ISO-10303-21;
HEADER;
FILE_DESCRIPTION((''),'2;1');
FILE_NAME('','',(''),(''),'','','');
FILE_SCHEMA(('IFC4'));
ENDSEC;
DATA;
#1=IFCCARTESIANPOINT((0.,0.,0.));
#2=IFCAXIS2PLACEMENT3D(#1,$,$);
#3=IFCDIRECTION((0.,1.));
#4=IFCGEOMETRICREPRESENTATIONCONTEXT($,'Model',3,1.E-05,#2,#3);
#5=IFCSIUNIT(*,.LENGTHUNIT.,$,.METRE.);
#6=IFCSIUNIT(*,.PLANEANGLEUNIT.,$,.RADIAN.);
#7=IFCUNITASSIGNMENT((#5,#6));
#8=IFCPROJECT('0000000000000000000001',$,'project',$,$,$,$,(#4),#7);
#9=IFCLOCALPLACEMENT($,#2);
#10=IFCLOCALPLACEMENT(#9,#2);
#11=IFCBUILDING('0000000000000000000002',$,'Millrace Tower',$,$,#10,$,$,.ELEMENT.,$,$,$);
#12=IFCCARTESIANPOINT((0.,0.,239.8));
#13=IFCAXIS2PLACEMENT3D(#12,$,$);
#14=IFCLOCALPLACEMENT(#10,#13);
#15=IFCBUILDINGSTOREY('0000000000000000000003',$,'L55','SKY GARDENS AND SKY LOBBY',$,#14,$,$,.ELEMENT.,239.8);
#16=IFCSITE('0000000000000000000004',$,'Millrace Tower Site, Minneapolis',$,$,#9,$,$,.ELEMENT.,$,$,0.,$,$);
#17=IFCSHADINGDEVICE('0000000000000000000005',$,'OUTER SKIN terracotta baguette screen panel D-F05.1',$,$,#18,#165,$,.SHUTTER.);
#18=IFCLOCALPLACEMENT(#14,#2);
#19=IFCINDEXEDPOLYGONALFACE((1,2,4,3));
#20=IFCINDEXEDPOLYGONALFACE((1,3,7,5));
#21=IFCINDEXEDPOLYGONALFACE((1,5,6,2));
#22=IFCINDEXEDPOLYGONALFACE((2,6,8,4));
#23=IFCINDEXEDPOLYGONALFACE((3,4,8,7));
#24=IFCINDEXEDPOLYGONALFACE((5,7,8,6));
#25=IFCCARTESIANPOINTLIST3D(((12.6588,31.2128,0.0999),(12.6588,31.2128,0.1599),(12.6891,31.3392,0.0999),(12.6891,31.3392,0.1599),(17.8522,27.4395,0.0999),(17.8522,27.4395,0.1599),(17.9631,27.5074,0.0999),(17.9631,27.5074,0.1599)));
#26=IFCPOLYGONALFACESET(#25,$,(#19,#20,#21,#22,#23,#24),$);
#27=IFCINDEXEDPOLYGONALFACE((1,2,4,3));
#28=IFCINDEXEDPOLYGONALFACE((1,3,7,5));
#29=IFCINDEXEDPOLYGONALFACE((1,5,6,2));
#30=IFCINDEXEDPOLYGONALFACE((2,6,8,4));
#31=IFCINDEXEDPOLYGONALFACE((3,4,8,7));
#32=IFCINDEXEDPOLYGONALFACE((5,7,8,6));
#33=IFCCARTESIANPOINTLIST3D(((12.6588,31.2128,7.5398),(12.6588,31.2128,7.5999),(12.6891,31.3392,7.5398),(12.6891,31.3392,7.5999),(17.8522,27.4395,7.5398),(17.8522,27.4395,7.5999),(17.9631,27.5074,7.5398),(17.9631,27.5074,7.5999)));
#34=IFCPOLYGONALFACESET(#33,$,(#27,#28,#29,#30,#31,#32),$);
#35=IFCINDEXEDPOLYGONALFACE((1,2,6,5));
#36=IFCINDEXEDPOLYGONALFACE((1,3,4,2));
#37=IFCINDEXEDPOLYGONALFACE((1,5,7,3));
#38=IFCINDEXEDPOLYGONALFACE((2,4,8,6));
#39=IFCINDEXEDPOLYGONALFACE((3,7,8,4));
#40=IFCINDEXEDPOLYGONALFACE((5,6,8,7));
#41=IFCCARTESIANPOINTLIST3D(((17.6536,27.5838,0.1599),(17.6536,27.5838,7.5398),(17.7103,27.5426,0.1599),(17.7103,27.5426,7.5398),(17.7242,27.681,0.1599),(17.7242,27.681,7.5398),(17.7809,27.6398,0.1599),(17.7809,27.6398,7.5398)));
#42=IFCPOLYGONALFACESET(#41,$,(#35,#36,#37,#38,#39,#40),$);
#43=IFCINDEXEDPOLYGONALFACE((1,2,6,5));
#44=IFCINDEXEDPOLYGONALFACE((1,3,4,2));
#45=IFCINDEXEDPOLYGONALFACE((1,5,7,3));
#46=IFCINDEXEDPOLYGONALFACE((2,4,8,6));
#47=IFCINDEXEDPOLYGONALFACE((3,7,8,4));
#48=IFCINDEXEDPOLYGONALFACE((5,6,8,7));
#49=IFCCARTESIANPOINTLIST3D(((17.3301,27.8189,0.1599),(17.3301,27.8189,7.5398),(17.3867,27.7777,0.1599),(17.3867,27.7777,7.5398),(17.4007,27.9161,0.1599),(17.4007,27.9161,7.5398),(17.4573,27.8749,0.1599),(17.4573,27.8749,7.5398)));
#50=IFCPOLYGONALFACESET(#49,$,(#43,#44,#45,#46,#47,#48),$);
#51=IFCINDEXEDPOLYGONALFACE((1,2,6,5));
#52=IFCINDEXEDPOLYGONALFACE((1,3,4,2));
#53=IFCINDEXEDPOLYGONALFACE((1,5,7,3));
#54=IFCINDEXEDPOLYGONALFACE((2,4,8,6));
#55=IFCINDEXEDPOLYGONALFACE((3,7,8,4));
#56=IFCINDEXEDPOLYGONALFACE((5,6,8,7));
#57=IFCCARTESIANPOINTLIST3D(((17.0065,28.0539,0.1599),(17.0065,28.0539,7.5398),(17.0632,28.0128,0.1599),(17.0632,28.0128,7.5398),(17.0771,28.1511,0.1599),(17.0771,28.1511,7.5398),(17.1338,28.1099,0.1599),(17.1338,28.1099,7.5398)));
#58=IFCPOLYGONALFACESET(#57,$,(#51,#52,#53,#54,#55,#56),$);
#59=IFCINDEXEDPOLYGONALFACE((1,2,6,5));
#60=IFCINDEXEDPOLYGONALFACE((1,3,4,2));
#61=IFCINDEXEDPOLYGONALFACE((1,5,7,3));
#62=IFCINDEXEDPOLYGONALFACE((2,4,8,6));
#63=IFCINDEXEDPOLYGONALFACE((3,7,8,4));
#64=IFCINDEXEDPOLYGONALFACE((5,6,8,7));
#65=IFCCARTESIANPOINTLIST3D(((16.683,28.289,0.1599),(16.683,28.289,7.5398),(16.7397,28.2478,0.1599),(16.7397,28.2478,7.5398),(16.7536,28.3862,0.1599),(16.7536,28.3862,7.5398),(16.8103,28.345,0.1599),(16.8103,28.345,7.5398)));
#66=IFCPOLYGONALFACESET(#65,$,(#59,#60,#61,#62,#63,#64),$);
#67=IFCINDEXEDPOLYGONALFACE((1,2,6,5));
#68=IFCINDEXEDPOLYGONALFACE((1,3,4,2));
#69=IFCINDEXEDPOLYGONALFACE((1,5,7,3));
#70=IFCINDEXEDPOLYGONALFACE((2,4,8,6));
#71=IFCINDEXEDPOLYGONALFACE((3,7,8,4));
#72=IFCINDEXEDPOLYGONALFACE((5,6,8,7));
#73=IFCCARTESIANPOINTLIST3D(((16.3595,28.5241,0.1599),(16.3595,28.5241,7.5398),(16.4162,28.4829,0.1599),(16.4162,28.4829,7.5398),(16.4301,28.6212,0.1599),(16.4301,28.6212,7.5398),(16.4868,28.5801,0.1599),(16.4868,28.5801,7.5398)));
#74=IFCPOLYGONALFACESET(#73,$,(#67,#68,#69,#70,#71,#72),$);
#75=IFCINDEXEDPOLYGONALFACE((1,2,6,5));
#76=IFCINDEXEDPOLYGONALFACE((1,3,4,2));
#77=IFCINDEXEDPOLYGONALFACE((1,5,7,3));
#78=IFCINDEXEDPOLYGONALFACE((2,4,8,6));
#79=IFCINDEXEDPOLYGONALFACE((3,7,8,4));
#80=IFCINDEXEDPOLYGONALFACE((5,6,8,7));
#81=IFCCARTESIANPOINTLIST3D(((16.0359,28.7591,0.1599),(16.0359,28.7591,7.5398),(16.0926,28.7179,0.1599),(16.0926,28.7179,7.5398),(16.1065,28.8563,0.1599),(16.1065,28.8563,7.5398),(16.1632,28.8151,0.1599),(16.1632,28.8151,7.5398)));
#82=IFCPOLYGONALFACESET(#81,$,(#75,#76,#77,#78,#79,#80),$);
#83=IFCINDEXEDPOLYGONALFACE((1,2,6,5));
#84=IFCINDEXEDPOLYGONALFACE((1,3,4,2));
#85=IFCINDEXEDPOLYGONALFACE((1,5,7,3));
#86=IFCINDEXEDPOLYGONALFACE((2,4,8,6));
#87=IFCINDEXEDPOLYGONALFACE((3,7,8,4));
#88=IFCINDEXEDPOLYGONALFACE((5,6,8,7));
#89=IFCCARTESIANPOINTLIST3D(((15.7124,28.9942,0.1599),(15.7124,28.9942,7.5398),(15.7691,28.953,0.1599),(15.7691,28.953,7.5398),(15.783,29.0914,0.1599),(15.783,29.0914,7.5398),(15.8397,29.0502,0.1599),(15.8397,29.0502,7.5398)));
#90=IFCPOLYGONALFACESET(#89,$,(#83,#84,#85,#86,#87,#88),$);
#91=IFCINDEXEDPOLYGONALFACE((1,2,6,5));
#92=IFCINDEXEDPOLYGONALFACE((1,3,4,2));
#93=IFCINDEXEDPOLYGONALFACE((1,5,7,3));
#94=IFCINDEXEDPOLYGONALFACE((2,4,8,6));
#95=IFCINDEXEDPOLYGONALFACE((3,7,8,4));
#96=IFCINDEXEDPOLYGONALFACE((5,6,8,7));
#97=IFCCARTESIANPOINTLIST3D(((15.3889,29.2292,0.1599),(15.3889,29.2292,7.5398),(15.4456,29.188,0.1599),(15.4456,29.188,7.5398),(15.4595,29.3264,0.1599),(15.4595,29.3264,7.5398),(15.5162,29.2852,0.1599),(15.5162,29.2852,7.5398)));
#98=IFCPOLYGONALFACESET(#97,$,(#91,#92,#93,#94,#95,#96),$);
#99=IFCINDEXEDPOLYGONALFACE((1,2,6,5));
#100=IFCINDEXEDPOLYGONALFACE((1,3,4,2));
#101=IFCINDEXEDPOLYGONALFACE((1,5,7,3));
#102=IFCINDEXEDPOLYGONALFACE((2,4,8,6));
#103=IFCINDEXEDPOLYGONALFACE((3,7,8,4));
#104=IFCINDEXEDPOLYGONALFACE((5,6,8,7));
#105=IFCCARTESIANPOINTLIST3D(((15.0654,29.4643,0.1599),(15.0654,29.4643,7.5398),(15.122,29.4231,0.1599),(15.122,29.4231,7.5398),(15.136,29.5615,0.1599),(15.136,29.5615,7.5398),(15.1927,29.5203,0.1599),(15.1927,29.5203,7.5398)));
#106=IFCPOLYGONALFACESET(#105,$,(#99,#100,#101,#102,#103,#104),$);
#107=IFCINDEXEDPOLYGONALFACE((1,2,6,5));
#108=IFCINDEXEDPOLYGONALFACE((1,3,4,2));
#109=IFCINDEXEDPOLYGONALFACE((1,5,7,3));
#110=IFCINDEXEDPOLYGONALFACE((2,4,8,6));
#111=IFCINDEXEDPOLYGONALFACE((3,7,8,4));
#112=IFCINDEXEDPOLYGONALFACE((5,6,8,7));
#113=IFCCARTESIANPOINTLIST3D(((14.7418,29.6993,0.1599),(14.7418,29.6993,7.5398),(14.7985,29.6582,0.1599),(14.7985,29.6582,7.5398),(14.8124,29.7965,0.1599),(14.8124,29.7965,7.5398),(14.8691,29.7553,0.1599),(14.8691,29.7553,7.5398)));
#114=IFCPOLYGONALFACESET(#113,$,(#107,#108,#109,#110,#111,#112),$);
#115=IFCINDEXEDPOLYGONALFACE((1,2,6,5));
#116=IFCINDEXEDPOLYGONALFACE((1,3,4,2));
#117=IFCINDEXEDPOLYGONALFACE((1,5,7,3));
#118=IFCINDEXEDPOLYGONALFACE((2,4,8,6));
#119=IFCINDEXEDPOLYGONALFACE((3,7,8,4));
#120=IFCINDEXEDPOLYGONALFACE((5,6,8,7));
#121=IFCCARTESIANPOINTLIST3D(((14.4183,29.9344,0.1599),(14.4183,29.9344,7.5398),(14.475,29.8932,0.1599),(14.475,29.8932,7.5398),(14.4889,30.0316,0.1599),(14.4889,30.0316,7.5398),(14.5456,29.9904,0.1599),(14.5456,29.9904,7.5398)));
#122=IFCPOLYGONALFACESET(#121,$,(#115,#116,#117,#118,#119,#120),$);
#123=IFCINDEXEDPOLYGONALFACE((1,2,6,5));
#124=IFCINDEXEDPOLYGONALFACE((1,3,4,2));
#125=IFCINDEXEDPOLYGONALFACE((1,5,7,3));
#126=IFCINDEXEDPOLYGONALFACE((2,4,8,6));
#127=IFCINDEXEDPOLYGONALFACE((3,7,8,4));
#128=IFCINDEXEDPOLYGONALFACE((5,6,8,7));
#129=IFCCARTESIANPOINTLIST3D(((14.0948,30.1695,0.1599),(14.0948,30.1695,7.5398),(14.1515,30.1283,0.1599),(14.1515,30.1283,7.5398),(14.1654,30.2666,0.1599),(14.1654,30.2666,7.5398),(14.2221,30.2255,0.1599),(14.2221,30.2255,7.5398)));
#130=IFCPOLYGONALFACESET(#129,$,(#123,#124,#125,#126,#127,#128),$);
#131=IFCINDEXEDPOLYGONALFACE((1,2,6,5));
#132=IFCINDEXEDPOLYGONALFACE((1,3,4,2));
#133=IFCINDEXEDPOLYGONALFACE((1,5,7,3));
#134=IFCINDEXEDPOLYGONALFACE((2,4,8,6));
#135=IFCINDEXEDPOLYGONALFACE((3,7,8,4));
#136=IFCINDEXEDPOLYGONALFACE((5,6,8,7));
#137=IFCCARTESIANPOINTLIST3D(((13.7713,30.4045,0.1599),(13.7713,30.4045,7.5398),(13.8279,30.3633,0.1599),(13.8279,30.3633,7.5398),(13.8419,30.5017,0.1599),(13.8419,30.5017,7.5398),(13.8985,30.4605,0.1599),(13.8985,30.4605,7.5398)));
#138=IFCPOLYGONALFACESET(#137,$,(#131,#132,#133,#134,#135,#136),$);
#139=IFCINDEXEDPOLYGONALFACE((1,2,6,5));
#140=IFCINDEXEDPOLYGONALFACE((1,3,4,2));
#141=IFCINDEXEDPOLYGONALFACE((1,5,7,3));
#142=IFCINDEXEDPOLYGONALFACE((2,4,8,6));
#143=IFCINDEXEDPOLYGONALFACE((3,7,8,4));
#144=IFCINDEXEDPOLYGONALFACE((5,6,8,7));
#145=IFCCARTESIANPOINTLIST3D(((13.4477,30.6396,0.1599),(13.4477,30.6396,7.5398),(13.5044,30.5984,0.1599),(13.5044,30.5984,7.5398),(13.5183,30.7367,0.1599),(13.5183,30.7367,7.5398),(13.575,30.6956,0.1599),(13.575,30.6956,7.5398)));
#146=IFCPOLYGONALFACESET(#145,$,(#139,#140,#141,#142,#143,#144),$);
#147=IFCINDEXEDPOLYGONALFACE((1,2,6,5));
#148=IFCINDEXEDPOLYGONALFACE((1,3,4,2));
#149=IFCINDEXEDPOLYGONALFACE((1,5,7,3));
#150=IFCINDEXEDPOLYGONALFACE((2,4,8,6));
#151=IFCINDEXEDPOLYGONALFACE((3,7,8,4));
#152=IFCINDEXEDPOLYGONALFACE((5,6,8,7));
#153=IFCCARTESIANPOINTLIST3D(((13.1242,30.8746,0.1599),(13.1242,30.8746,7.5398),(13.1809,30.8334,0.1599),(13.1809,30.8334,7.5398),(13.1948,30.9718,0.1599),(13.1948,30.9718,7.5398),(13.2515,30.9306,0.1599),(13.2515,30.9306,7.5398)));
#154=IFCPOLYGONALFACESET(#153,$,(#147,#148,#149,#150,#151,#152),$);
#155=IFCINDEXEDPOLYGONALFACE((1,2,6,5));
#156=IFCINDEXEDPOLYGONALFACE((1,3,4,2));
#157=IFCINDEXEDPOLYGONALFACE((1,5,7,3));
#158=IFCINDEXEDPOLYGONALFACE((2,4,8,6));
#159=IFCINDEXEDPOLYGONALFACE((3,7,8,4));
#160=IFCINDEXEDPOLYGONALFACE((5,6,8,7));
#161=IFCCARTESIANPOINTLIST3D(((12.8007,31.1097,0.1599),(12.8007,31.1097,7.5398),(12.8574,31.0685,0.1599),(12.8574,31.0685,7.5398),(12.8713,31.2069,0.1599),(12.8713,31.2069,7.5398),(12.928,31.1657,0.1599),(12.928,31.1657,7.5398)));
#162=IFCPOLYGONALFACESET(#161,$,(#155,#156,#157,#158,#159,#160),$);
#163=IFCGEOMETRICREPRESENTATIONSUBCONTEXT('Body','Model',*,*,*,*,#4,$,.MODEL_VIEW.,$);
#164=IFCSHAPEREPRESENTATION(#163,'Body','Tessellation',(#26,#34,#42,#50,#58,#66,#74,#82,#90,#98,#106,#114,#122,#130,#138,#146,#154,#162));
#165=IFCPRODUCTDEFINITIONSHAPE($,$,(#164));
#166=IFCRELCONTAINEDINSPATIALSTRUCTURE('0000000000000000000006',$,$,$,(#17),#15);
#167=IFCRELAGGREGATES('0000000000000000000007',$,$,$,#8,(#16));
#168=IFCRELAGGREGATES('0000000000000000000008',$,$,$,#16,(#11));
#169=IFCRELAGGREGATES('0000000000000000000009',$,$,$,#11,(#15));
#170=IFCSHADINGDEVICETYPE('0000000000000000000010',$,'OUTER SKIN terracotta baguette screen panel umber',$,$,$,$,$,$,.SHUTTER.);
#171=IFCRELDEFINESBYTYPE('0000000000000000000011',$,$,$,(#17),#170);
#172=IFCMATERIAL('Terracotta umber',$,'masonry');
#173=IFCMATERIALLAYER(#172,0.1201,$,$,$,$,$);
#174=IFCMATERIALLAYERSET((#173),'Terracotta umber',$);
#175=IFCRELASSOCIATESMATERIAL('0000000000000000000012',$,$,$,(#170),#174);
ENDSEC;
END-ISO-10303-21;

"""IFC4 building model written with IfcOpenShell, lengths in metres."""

from ifc_helpers import new_model, entity, si_unit, direction, frame, frame_2d, origin, place, context, subcontext, project, spatial, rectangle, extrude, source, transform, mapped, material, layer, layer_set, type_object, element, save


model = new_model("IFC4")

# Units and contexts
model_context = context("Model", 3, precision=1e-05, world=origin(), true_north=direction((0.0, 1.0)))
body_context = subcontext(model_context, "Body", "Model", "MODEL_VIEW")
ifc_project = project(units=[si_unit("LENGTHUNIT", "METRE"), si_unit("PLANEANGLEUNIT", "RADIAN")], contexts=[model_context])

# Site, building, storey
site_placement = place(None, origin())
site = spatial("IfcSite", under=ifc_project, at=site_placement, Name="Millrace Tower Site, Minneapolis", CompositionType="ELEMENT", RefElevation=0.0)
building_placement = place(site_placement, origin())
building = spatial("IfcBuilding", under=site, at=building_placement, Name="Millrace Tower", CompositionType="ELEMENT")
storey_placement = place(building_placement, frame((0.0, 0.0, 239.8)))
storey = spatial("IfcBuildingStorey", under=building, at=storey_placement, Name="L55", Description="SKY GARDENS AND SKY LOBBY", CompositionType="ELEMENT", Elevation=239.8)

# Shading device
ifc_material_1 = material(Name="Terracotta umber", Category="masonry")
ifc_layer_1 = layer(ifc_material_1, 0.1201)
ifc_layer_set_1 = layer_set([ifc_layer_1], Name="Terracotta umber")
shading_device_type = type_object("IfcShadingDeviceType", Name="OUTER SKIN terracotta baguette screen panel umber", PredefinedType="SHUTTER", material=ifc_layer_set_1)
cartesian_point_1 = entity("IfcCartesianPoint", [-3.2097, 0.0601])
shared_polyline_1 = entity("IfcPolyline", [cartesian_point_1, entity("IfcCartesianPoint", [3.2097, 0.0601]), entity("IfcCartesianPoint", [3.2595, -0.0601]), entity("IfcCartesianPoint", [-3.2595, -0.0601]), cartesian_point_1])
shared_shape_1 = source(origin(), body_context, "Body", "SweptSolid", [
    entity("IfcExtrudedAreaSolid", entity("IfcArbitraryClosedProfileDef", "AREA", None, shared_polyline_1), entity("IfcAxis2Placement3D", entity("IfcCartesianPoint", [0.0, 0.0, 0.0])), entity("IfcDirection", [0.0, 0.0, 1.0]), 0.0601),
    entity("IfcExtrudedAreaSolid", entity("IfcArbitraryClosedProfileDef", "AREA", None, shared_polyline_1), entity("IfcAxis2Placement3D", entity("IfcCartesianPoint", [0.0, 0.0, 7.4399])), entity("IfcDirection", [0.0, 0.0, 1.0]), 0.0601),
    extrude(rectangle(XDim=0.0701, YDim=0.1201, at=frame_2d((-2.9993, 0.0))), frame((0.0, 0.0, 0.0601)), (0.0, 0.0, 1.0), 7.3799),
    extrude(rectangle(XDim=0.0701, YDim=0.1201, at=frame_2d((-2.5994, 0.0))), frame((0.0, 0.0, 0.0601)), (0.0, 0.0, 1.0), 7.3799),
    extrude(rectangle(XDim=0.0701, YDim=0.1201, at=frame_2d((-2.1995, 0.0))), frame((0.0, 0.0, 0.0601)), (0.0, 0.0, 1.0), 7.3799),
    extrude(rectangle(XDim=0.0701, YDim=0.1201, at=frame_2d((-1.7996, 0.0))), frame((0.0, 0.0, 0.0601)), (0.0, 0.0, 1.0), 7.3799),
    extrude(rectangle(XDim=0.0701, YDim=0.1201, at=frame_2d((-1.3997, 0.0))), frame((0.0, 0.0, 0.0601)), (0.0, 0.0, 1.0), 7.3799),
    extrude(rectangle(XDim=0.0701, YDim=0.1201, at=frame_2d((-0.9998, 0.0))), frame((0.0, 0.0, 0.0601)), (0.0, 0.0, 1.0), 7.3799),
    extrude(rectangle(XDim=0.0701, YDim=0.1201, at=frame_2d((-0.5999, 0.0))), frame((0.0, 0.0, 0.0601)), (0.0, 0.0, 1.0), 7.3799),
    extrude(rectangle(XDim=0.0701, YDim=0.1201, at=frame_2d((-0.2, 0.0))), frame((0.0, 0.0, 0.0601)), (0.0, 0.0, 1.0), 7.3799),
    extrude(rectangle(XDim=0.0701, YDim=0.1201, at=frame_2d((0.2, 0.0))), frame((0.0, 0.0, 0.0601)), (0.0, 0.0, 1.0), 7.3799),
    extrude(rectangle(XDim=0.0701, YDim=0.1201, at=frame_2d((0.5999, 0.0))), frame((0.0, 0.0, 0.0601)), (0.0, 0.0, 1.0), 7.3799),
    extrude(rectangle(XDim=0.0701, YDim=0.1201, at=frame_2d((0.9998, 0.0))), frame((0.0, 0.0, 0.0601)), (0.0, 0.0, 1.0), 7.3799),
    extrude(rectangle(XDim=0.0701, YDim=0.1201, at=frame_2d((1.3997, 0.0))), frame((0.0, 0.0, 0.0601)), (0.0, 0.0, 1.0), 7.3799),
    extrude(rectangle(XDim=0.0701, YDim=0.1201, at=frame_2d((1.7996, 0.0))), frame((0.0, 0.0, 0.0601)), (0.0, 0.0, 1.0), 7.3799),
    extrude(rectangle(XDim=0.0701, YDim=0.1201, at=frame_2d((2.1995, 0.0))), frame((0.0, 0.0, 0.0601)), (0.0, 0.0, 1.0), 7.3799),
    extrude(rectangle(XDim=0.0701, YDim=0.1201, at=frame_2d((2.5994, 0.0))), frame((0.0, 0.0, 0.0601)), (0.0, 0.0, 1.0), 7.3799),
    extrude(rectangle(XDim=0.0701, YDim=0.1201, at=frame_2d((2.9993, 0.0))), frame((0.0, 0.0, 0.0601)), (0.0, 0.0, 1.0), 7.3799),
])
shading_device_1_placement = place(storey_placement, frame((15.2908, 29.3748, 0.0999), z_axis=(0.0, 0.0, 1.0), x_axis=(-0.809017, 0.587785, 0.0)))
element("IfcShadingDevice", 1, at=shading_device_1_placement, inside=storey, type_object=shading_device_type, Name="OUTER SKIN terracotta baguette screen panel D-F05.1", PredefinedType="SHUTTER", context=body_context, shape_type="MappedRepresentation", body=[
    mapped(shared_shape_1, transform((0.0, 0.0, 0.0), scale=1.0)),
])

save(model, "model.ifc")
